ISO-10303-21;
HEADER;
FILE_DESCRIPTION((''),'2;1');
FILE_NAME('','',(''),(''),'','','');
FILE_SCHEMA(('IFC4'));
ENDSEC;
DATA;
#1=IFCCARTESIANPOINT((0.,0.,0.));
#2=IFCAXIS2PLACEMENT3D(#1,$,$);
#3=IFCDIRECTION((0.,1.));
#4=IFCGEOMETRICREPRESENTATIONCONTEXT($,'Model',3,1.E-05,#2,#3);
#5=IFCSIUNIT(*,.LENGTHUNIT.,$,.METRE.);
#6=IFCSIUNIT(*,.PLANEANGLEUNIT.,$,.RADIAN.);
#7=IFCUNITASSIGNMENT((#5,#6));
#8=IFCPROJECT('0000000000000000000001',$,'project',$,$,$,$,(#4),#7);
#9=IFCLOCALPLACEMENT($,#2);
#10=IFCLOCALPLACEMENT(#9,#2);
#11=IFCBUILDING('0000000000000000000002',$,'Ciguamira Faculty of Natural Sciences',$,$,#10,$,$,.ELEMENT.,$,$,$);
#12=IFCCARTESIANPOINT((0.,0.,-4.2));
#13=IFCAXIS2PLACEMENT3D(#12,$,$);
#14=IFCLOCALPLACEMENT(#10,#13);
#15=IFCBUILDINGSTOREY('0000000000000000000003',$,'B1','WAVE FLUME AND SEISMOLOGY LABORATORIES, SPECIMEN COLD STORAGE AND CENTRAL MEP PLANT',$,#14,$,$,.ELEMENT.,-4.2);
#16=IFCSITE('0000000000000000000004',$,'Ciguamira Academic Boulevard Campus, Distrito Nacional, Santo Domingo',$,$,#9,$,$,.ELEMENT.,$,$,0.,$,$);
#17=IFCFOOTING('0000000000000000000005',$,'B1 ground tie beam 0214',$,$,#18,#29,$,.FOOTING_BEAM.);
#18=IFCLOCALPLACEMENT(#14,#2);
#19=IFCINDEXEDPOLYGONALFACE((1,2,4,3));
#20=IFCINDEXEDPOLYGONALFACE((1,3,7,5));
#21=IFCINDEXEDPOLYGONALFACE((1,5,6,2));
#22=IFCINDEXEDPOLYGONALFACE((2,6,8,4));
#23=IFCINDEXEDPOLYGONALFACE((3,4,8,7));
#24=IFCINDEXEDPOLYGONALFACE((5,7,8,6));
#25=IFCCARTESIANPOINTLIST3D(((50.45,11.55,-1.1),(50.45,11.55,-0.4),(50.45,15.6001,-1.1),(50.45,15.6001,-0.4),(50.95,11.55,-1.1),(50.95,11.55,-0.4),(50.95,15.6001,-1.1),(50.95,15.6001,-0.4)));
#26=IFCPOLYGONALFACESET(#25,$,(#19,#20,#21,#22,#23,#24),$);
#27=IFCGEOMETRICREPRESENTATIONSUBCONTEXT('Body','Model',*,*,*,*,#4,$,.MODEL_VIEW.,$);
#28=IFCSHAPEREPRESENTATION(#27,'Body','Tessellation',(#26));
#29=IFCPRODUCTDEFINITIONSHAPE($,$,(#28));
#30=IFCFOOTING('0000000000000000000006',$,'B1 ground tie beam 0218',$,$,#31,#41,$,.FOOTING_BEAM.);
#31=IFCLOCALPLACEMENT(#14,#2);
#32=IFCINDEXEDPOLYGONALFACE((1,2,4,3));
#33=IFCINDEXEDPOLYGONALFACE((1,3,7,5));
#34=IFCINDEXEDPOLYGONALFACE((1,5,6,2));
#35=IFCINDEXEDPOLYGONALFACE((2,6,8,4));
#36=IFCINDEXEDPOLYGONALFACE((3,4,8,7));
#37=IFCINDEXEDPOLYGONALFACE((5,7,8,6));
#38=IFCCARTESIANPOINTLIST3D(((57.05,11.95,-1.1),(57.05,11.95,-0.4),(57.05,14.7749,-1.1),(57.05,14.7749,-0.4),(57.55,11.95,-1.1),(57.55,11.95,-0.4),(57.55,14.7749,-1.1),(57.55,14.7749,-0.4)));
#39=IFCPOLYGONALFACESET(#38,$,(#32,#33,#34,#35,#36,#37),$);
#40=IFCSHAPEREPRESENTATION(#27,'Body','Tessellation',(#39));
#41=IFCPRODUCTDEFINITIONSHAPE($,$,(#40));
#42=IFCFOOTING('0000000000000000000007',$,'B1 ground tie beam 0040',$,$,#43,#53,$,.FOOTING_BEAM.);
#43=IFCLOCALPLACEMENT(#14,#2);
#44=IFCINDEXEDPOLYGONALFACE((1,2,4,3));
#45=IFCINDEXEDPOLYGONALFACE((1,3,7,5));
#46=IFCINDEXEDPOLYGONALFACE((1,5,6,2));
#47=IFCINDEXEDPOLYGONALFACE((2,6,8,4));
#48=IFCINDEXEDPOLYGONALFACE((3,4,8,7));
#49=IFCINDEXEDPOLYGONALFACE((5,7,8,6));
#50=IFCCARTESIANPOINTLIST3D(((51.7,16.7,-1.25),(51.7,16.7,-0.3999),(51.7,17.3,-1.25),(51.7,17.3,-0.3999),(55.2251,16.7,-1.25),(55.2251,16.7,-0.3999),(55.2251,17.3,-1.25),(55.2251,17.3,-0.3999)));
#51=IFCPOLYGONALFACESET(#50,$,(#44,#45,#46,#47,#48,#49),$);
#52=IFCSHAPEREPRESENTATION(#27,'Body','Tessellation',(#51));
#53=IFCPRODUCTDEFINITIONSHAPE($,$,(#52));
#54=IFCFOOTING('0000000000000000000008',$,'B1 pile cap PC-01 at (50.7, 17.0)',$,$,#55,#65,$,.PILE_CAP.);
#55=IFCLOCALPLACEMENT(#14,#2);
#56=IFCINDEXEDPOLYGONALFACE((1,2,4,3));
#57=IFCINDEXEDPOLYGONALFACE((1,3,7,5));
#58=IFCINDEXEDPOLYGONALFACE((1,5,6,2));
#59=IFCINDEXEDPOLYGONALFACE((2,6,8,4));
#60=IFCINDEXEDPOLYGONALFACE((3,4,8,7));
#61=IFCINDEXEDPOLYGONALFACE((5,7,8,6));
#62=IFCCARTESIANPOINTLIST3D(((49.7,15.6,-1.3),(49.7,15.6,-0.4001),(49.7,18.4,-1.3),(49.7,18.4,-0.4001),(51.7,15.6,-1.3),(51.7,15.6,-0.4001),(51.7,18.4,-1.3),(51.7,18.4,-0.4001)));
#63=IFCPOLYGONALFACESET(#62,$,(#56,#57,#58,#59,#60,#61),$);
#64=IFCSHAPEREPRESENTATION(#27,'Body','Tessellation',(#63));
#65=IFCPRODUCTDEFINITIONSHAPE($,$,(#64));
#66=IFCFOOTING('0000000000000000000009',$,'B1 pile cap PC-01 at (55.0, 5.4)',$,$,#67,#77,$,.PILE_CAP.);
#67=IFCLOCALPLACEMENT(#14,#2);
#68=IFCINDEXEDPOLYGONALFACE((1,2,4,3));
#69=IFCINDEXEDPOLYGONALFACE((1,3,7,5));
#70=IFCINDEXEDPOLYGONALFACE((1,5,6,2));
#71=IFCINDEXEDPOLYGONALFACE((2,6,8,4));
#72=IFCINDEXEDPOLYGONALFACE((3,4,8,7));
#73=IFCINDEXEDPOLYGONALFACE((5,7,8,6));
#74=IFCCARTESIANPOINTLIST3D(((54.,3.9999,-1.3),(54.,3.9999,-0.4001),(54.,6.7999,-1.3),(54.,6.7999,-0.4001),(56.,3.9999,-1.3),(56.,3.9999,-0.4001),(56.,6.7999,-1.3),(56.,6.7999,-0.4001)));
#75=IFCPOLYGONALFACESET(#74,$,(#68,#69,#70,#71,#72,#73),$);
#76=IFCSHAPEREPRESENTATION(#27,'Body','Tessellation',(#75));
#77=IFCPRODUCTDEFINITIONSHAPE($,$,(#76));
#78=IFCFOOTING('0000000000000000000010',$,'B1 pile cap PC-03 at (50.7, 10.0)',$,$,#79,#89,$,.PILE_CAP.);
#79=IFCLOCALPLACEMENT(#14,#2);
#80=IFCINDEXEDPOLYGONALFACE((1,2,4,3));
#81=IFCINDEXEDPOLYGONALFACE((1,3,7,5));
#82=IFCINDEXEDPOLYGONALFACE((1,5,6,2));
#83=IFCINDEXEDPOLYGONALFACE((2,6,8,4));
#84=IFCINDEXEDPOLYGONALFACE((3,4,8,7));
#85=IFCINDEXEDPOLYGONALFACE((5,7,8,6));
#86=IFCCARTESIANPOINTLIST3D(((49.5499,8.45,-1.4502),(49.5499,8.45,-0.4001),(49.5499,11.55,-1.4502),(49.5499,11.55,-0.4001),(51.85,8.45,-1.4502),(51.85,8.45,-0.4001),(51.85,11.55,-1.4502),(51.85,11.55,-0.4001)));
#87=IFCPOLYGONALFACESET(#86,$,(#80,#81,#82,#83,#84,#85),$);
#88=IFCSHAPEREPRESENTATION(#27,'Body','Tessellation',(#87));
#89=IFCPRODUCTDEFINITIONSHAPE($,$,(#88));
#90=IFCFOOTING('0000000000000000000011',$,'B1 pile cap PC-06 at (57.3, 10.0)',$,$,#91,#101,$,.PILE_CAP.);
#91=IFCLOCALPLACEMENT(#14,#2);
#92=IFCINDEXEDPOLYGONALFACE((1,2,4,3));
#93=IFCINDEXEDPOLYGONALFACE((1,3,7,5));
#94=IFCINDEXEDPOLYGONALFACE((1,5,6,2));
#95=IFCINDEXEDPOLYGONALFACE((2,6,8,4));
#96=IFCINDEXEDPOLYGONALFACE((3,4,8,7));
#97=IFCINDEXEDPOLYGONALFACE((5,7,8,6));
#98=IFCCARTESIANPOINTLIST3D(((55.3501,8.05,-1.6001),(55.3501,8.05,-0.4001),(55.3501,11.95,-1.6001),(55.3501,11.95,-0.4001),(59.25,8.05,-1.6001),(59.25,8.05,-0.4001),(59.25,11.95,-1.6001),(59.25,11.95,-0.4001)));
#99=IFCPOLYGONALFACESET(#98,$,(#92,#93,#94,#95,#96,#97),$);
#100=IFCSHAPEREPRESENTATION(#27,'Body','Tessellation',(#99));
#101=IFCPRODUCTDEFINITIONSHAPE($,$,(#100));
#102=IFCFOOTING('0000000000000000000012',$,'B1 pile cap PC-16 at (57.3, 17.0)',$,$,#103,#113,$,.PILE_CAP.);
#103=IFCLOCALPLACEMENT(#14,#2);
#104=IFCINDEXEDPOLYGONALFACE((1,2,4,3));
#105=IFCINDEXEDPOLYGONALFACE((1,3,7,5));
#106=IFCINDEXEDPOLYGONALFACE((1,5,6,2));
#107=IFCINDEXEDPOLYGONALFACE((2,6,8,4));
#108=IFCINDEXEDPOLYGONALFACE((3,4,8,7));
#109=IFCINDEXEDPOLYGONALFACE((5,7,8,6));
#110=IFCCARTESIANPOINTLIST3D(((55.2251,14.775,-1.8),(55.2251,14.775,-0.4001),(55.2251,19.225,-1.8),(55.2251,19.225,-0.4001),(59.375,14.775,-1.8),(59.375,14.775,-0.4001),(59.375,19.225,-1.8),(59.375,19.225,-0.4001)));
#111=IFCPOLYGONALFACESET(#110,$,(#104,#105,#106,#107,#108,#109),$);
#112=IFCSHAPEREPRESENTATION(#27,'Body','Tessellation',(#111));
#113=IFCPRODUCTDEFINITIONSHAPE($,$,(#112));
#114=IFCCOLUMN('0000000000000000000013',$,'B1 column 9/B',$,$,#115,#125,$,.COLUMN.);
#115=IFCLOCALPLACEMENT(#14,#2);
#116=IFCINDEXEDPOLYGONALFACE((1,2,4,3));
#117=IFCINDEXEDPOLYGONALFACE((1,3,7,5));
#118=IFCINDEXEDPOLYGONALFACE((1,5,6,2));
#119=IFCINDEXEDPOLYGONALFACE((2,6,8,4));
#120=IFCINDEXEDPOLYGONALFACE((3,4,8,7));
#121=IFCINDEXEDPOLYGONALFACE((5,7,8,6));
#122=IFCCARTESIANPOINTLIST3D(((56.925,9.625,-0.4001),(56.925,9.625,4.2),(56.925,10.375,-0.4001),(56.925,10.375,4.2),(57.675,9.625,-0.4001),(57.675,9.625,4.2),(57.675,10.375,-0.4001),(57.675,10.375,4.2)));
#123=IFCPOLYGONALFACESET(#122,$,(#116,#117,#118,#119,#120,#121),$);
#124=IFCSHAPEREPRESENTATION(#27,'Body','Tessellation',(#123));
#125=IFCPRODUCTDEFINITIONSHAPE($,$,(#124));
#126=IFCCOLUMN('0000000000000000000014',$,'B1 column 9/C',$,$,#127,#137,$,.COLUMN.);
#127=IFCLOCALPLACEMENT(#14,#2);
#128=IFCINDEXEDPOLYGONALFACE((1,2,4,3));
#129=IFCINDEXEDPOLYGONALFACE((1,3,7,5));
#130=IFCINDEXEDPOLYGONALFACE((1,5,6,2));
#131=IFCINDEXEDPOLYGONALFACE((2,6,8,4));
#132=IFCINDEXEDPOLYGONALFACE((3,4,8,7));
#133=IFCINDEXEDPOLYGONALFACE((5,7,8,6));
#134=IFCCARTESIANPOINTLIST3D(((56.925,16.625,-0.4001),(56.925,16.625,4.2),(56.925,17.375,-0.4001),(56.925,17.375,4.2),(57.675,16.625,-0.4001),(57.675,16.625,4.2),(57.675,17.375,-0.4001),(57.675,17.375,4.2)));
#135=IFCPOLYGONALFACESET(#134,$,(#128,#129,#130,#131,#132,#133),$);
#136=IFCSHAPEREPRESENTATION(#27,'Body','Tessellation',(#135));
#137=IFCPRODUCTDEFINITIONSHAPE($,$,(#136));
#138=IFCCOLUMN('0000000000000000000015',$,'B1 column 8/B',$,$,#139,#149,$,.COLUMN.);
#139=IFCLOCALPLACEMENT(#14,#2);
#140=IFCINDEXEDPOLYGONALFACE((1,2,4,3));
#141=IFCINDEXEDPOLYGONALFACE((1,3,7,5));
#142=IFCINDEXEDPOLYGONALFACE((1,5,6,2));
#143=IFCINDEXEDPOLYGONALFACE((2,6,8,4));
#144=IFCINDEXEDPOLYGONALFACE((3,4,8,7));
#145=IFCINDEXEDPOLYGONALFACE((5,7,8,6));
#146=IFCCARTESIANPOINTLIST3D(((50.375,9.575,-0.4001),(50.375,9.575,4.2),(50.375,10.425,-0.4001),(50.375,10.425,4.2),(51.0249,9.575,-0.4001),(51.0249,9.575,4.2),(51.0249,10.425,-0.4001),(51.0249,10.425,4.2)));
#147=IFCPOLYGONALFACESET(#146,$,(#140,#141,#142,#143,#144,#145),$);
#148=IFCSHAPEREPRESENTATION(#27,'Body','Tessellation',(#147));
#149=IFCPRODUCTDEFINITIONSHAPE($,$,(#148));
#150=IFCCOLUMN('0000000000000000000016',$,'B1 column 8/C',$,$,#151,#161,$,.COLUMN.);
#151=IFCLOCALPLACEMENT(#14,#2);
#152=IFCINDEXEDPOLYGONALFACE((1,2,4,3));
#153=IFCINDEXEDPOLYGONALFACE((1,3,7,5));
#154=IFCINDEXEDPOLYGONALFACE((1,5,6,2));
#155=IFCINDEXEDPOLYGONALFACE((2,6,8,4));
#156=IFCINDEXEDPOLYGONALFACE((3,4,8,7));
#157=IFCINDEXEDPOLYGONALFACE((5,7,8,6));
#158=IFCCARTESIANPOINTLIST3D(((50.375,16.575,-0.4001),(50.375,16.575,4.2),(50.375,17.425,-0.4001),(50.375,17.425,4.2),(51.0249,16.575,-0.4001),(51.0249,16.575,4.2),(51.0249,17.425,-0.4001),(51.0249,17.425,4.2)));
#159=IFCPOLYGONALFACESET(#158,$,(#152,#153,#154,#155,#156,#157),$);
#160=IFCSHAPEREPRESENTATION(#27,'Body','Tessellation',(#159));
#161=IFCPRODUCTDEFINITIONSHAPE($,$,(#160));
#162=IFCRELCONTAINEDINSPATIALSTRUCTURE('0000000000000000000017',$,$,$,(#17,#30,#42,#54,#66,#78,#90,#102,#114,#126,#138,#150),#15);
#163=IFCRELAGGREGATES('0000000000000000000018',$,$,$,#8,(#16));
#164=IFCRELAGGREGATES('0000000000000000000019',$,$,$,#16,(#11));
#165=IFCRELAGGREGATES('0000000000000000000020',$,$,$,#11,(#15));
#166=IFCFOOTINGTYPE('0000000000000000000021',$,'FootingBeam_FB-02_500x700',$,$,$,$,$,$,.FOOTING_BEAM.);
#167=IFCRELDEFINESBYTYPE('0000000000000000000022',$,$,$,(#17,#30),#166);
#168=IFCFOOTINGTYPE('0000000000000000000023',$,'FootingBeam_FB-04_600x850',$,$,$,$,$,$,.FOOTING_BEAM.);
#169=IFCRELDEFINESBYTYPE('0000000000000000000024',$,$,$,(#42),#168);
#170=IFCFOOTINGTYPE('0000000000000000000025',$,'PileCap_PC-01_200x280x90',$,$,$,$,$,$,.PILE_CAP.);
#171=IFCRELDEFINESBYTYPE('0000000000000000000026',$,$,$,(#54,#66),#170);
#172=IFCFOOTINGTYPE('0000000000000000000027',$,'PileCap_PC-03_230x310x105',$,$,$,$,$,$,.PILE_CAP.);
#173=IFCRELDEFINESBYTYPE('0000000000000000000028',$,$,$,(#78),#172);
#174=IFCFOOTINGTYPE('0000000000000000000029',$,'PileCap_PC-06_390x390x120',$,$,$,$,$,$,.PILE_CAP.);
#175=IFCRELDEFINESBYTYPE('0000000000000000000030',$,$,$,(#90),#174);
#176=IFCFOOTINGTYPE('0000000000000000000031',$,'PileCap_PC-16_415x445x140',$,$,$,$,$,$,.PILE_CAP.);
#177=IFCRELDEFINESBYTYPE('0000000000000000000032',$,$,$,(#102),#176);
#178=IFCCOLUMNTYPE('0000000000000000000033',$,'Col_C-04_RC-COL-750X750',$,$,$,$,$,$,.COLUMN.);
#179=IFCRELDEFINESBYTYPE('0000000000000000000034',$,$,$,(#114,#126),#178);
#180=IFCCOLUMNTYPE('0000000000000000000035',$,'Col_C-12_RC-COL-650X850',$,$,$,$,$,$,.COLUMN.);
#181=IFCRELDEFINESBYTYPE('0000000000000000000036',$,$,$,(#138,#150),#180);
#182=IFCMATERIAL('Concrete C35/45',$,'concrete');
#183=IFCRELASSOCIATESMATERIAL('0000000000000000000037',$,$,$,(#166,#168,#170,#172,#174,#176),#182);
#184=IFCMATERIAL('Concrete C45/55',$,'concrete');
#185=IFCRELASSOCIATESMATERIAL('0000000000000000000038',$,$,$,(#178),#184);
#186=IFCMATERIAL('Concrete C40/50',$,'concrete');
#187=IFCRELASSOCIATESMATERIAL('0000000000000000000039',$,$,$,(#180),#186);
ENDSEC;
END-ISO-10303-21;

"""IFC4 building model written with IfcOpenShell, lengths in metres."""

from ifc_helpers import new_model, si_unit, direction, frame, origin, origin_2d, place, context, subcontext, project, spatial, rectangle, extrude, material, material_profile, profile_set, type_object, element, save


model = new_model("IFC4")

# Units and contexts
model_context = context("Model", 3, precision=1e-05, world=origin(), true_north=direction((0.0, 1.0)))
body_context = subcontext(model_context, "Body", "Model", "MODEL_VIEW")
ifc_project = project(units=[si_unit("LENGTHUNIT", "METRE"), si_unit("PLANEANGLEUNIT", "RADIAN")], contexts=[model_context])

# Site, building, storey
site_placement = place(None, origin())
site = spatial("IfcSite", under=ifc_project, at=site_placement, Name="Ciguamira Academic Boulevard Campus, Distrito Nacional, Santo Domingo", CompositionType="ELEMENT", RefElevation=0.0)
building_placement = place(site_placement, origin())
building = spatial("IfcBuilding", under=site, at=building_placement, Name="Ciguamira Faculty of Natural Sciences", CompositionType="ELEMENT")
storey_placement = place(building_placement, frame((0.0, 0.0, -4.2)))
storey = spatial("IfcBuildingStorey", under=building, at=storey_placement, Name="B1", Description="WAVE FLUME AND SEISMOLOGY LABORATORIES, SPECIMEN COLD STORAGE AND CENTRAL MEP PLANT", CompositionType="ELEMENT", Elevation=-4.2)

# Shared definitions
ifc_material_1 = material(Name="Concrete C35/45", Category="concrete")

# Footings
ifc_material_profile_1 = material_profile(ifc_material_1, rectangle(XDim=0.5, YDim=0.7, at=origin_2d()), Name="RC-FB-500X700")
ifc_profile_set_1 = profile_set([ifc_material_profile_1], Name="Concrete C35/45")
footing_type_1 = type_object("IfcFootingType", Name="FootingBeam_FB-02_500x700", PredefinedType="FOOTING_BEAM", material=ifc_profile_set_1)
footing_1_placement = place(storey_placement, frame((50.7, 11.55, -0.75), z_axis=(0.0, 1.0, 0.0), x_axis=(-1.0, 0.0, 0.0)))
element("IfcFooting", 1, at=footing_1_placement, inside=storey, type_object=footing_type_1, Name="B1 ground tie beam 0214", PredefinedType="FOOTING_BEAM", context=body_context, shape_type="SweptSolid", body=[
    extrude(rectangle(XDim=0.5, YDim=0.7, at=origin_2d()), origin(), (0.0, 0.0, 1.0), 4.05),
])
footing_2_placement = place(storey_placement, frame((57.3, 11.95, -0.75), z_axis=(0.0, 1.0, 0.0), x_axis=(-1.0, 0.0, 0.0)))
element("IfcFooting", 2, at=footing_2_placement, inside=storey, type_object=footing_type_1, Name="B1 ground tie beam 0218", PredefinedType="FOOTING_BEAM", context=body_context, shape_type="SweptSolid", body=[
    extrude(rectangle(XDim=0.5, YDim=0.7, at=origin_2d()), origin(), (0.0, 0.0, 1.0), 2.825),
])
ifc_material_profile_2 = material_profile(ifc_material_1, rectangle(XDim=0.6001, YDim=0.8501, at=origin_2d()), Name="RC-FB-600X850")
ifc_profile_set_2 = profile_set([ifc_material_profile_2], Name="Concrete C35/45")
footing_type_2 = type_object("IfcFootingType", Name="FootingBeam_FB-04_600x850", PredefinedType="FOOTING_BEAM", material=ifc_profile_set_2)
footing_3_placement = place(storey_placement, frame((51.7, 17.0, -0.825), z_axis=(1.0, 0.0, 0.0), x_axis=(0.0, 1.0, 0.0)))
element("IfcFooting", 3, at=footing_3_placement, inside=storey, type_object=footing_type_2, Name="B1 ground tie beam 0040", PredefinedType="FOOTING_BEAM", context=body_context, shape_type="SweptSolid", body=[
    extrude(rectangle(XDim=0.6001, YDim=0.8501, at=origin_2d()), origin(), (0.0, 0.0, 1.0), 3.5251),
])
footing_type_3 = type_object("IfcFootingType", Name="PileCap_PC-01_200x280x90", PredefinedType="PILE_CAP", material=ifc_material_1)
for number, where, z_axis, x_axis, name in (
    (4, (50.7, 17.0, -1.3), (0.0, 0.0, 1.0), (1.0, 0.0, 0.0), "B1 pile cap PC-01 at (50.7, 17.0)"),
    (5, (55.0, 5.3999, -1.3), (0.0, 0.0, 1.0), (1.0, 0.0, 0.0), "B1 pile cap PC-01 at (55.0, 5.4)"),
):
    element("IfcFooting", number, at=place(storey_placement, frame(where, z_axis=z_axis, x_axis=x_axis)), inside=storey, type_object=footing_type_3, Name=name, PredefinedType="PILE_CAP", context=body_context, shape_type="SweptSolid", body=[
        extrude(rectangle(XDim=2.0, YDim=2.8, at=origin_2d()), origin(), (0.0, 0.0, 1.0), 0.8999),
    ])
footing_type_4 = type_object("IfcFootingType", Name="PileCap_PC-03_230x310x105", PredefinedType="PILE_CAP", material=ifc_material_1)
footing_4_placement = place(storey_placement, frame((50.7, 10.0, -1.4502), z_axis=(0.0, 0.0, 1.0), x_axis=(1.0, 0.0, 0.0)))
element("IfcFooting", 6, at=footing_4_placement, inside=storey, type_object=footing_type_4, Name="B1 pile cap PC-03 at (50.7, 10.0)", PredefinedType="PILE_CAP", context=body_context, shape_type="SweptSolid", body=[
    extrude(rectangle(XDim=2.3, YDim=3.1001, at=origin_2d()), origin(), (0.0, 0.0, 1.0), 1.05),
])
footing_type_5 = type_object("IfcFootingType", Name="PileCap_PC-06_390x390x120", PredefinedType="PILE_CAP", material=ifc_material_1)
footing_5_placement = place(storey_placement, frame((57.3, 10.0, -1.6001), z_axis=(0.0, 0.0, 1.0), x_axis=(1.0, 0.0, 0.0)))
element("IfcFooting", 7, at=footing_5_placement, inside=storey, type_object=footing_type_5, Name="B1 pile cap PC-06 at (57.3, 10.0)", PredefinedType="PILE_CAP", context=body_context, shape_type="SweptSolid", body=[
    extrude(rectangle(XDim=3.8999, YDim=3.8999, at=origin_2d()), origin(), (0.0, 0.0, 1.0), 1.2),
])
footing_type_6 = type_object("IfcFootingType", Name="PileCap_PC-16_415x445x140", PredefinedType="PILE_CAP", material=ifc_material_1)
footing_6_placement = place(storey_placement, frame((57.3, 17.0, -1.8), z_axis=(0.0, 0.0, 1.0), x_axis=(1.0, 0.0, 0.0)))
element("IfcFooting", 8, at=footing_6_placement, inside=storey, type_object=footing_type_6, Name="B1 pile cap PC-16 at (57.3, 17.0)", PredefinedType="PILE_CAP", context=body_context, shape_type="SweptSolid", body=[
    extrude(rectangle(XDim=4.1499, YDim=4.45, at=origin_2d()), origin(), (0.0, 0.0, 1.0), 1.3999),
])

# Columns
ifc_material_2 = material(Name="Concrete C45/55", Category="concrete")
ifc_material_profile_3 = material_profile(ifc_material_2, rectangle(XDim=0.75, YDim=0.75, at=origin_2d()), Name="RC-COL-750X750")
ifc_profile_set_3 = profile_set([ifc_material_profile_3], Name="Concrete C45/55")
column_type_1 = type_object("IfcColumnType", Name="Col_C-04_RC-COL-750X750", PredefinedType="COLUMN", material=ifc_profile_set_3)
for number, where, z_axis, x_axis, name in (
    (9, (57.3, 10.0, -0.4001), (0.0, 0.0, 1.0), (1.0, 0.0, 0.0), "B1 column 9/B"),
    (10, (57.3, 17.0, -0.4001), (0.0, 0.0, 1.0), (1.0, 0.0, 0.0), "B1 column 9/C"),
):
    element("IfcColumn", number, at=place(storey_placement, frame(where, z_axis=z_axis, x_axis=x_axis)), inside=storey, type_object=column_type_1, Name=name, PredefinedType="COLUMN", context=body_context, shape_type="SweptSolid", body=[
        extrude(rectangle(XDim=0.75, YDim=0.75, at=origin_2d()), origin(), (0.0, 0.0, 1.0), 4.6001),
    ])
ifc_material_3 = material(Name="Concrete C40/50", Category="concrete")
ifc_material_profile_4 = material_profile(ifc_material_3, rectangle(XDim=0.6499, YDim=0.8501, at=origin_2d()), Name="RC-COL-650X850")
ifc_profile_set_4 = profile_set([ifc_material_profile_4], Name="Concrete C40/50")
column_type_2 = type_object("IfcColumnType", Name="Col_C-12_RC-COL-650X850", PredefinedType="COLUMN", material=ifc_profile_set_4)
for number, where, z_axis, x_axis, name in (
    (11, (50.7, 10.0, -0.4001), (0.0, 0.0, 1.0), (1.0, 0.0, 0.0), "B1 column 8/B"),
    (12, (50.7, 17.0, -0.4001), (0.0, 0.0, 1.0), (1.0, 0.0, 0.0), "B1 column 8/C"),
):
    element("IfcColumn", number, at=place(storey_placement, frame(where, z_axis=z_axis, x_axis=x_axis)), inside=storey, type_object=column_type_2, Name=name, PredefinedType="COLUMN", context=body_context, shape_type="SweptSolid", body=[
        extrude(rectangle(XDim=0.6499, YDim=0.8501, at=origin_2d()), origin(), (0.0, 0.0, 1.0), 4.6001),
    ])

save(model, "model.ifc")
